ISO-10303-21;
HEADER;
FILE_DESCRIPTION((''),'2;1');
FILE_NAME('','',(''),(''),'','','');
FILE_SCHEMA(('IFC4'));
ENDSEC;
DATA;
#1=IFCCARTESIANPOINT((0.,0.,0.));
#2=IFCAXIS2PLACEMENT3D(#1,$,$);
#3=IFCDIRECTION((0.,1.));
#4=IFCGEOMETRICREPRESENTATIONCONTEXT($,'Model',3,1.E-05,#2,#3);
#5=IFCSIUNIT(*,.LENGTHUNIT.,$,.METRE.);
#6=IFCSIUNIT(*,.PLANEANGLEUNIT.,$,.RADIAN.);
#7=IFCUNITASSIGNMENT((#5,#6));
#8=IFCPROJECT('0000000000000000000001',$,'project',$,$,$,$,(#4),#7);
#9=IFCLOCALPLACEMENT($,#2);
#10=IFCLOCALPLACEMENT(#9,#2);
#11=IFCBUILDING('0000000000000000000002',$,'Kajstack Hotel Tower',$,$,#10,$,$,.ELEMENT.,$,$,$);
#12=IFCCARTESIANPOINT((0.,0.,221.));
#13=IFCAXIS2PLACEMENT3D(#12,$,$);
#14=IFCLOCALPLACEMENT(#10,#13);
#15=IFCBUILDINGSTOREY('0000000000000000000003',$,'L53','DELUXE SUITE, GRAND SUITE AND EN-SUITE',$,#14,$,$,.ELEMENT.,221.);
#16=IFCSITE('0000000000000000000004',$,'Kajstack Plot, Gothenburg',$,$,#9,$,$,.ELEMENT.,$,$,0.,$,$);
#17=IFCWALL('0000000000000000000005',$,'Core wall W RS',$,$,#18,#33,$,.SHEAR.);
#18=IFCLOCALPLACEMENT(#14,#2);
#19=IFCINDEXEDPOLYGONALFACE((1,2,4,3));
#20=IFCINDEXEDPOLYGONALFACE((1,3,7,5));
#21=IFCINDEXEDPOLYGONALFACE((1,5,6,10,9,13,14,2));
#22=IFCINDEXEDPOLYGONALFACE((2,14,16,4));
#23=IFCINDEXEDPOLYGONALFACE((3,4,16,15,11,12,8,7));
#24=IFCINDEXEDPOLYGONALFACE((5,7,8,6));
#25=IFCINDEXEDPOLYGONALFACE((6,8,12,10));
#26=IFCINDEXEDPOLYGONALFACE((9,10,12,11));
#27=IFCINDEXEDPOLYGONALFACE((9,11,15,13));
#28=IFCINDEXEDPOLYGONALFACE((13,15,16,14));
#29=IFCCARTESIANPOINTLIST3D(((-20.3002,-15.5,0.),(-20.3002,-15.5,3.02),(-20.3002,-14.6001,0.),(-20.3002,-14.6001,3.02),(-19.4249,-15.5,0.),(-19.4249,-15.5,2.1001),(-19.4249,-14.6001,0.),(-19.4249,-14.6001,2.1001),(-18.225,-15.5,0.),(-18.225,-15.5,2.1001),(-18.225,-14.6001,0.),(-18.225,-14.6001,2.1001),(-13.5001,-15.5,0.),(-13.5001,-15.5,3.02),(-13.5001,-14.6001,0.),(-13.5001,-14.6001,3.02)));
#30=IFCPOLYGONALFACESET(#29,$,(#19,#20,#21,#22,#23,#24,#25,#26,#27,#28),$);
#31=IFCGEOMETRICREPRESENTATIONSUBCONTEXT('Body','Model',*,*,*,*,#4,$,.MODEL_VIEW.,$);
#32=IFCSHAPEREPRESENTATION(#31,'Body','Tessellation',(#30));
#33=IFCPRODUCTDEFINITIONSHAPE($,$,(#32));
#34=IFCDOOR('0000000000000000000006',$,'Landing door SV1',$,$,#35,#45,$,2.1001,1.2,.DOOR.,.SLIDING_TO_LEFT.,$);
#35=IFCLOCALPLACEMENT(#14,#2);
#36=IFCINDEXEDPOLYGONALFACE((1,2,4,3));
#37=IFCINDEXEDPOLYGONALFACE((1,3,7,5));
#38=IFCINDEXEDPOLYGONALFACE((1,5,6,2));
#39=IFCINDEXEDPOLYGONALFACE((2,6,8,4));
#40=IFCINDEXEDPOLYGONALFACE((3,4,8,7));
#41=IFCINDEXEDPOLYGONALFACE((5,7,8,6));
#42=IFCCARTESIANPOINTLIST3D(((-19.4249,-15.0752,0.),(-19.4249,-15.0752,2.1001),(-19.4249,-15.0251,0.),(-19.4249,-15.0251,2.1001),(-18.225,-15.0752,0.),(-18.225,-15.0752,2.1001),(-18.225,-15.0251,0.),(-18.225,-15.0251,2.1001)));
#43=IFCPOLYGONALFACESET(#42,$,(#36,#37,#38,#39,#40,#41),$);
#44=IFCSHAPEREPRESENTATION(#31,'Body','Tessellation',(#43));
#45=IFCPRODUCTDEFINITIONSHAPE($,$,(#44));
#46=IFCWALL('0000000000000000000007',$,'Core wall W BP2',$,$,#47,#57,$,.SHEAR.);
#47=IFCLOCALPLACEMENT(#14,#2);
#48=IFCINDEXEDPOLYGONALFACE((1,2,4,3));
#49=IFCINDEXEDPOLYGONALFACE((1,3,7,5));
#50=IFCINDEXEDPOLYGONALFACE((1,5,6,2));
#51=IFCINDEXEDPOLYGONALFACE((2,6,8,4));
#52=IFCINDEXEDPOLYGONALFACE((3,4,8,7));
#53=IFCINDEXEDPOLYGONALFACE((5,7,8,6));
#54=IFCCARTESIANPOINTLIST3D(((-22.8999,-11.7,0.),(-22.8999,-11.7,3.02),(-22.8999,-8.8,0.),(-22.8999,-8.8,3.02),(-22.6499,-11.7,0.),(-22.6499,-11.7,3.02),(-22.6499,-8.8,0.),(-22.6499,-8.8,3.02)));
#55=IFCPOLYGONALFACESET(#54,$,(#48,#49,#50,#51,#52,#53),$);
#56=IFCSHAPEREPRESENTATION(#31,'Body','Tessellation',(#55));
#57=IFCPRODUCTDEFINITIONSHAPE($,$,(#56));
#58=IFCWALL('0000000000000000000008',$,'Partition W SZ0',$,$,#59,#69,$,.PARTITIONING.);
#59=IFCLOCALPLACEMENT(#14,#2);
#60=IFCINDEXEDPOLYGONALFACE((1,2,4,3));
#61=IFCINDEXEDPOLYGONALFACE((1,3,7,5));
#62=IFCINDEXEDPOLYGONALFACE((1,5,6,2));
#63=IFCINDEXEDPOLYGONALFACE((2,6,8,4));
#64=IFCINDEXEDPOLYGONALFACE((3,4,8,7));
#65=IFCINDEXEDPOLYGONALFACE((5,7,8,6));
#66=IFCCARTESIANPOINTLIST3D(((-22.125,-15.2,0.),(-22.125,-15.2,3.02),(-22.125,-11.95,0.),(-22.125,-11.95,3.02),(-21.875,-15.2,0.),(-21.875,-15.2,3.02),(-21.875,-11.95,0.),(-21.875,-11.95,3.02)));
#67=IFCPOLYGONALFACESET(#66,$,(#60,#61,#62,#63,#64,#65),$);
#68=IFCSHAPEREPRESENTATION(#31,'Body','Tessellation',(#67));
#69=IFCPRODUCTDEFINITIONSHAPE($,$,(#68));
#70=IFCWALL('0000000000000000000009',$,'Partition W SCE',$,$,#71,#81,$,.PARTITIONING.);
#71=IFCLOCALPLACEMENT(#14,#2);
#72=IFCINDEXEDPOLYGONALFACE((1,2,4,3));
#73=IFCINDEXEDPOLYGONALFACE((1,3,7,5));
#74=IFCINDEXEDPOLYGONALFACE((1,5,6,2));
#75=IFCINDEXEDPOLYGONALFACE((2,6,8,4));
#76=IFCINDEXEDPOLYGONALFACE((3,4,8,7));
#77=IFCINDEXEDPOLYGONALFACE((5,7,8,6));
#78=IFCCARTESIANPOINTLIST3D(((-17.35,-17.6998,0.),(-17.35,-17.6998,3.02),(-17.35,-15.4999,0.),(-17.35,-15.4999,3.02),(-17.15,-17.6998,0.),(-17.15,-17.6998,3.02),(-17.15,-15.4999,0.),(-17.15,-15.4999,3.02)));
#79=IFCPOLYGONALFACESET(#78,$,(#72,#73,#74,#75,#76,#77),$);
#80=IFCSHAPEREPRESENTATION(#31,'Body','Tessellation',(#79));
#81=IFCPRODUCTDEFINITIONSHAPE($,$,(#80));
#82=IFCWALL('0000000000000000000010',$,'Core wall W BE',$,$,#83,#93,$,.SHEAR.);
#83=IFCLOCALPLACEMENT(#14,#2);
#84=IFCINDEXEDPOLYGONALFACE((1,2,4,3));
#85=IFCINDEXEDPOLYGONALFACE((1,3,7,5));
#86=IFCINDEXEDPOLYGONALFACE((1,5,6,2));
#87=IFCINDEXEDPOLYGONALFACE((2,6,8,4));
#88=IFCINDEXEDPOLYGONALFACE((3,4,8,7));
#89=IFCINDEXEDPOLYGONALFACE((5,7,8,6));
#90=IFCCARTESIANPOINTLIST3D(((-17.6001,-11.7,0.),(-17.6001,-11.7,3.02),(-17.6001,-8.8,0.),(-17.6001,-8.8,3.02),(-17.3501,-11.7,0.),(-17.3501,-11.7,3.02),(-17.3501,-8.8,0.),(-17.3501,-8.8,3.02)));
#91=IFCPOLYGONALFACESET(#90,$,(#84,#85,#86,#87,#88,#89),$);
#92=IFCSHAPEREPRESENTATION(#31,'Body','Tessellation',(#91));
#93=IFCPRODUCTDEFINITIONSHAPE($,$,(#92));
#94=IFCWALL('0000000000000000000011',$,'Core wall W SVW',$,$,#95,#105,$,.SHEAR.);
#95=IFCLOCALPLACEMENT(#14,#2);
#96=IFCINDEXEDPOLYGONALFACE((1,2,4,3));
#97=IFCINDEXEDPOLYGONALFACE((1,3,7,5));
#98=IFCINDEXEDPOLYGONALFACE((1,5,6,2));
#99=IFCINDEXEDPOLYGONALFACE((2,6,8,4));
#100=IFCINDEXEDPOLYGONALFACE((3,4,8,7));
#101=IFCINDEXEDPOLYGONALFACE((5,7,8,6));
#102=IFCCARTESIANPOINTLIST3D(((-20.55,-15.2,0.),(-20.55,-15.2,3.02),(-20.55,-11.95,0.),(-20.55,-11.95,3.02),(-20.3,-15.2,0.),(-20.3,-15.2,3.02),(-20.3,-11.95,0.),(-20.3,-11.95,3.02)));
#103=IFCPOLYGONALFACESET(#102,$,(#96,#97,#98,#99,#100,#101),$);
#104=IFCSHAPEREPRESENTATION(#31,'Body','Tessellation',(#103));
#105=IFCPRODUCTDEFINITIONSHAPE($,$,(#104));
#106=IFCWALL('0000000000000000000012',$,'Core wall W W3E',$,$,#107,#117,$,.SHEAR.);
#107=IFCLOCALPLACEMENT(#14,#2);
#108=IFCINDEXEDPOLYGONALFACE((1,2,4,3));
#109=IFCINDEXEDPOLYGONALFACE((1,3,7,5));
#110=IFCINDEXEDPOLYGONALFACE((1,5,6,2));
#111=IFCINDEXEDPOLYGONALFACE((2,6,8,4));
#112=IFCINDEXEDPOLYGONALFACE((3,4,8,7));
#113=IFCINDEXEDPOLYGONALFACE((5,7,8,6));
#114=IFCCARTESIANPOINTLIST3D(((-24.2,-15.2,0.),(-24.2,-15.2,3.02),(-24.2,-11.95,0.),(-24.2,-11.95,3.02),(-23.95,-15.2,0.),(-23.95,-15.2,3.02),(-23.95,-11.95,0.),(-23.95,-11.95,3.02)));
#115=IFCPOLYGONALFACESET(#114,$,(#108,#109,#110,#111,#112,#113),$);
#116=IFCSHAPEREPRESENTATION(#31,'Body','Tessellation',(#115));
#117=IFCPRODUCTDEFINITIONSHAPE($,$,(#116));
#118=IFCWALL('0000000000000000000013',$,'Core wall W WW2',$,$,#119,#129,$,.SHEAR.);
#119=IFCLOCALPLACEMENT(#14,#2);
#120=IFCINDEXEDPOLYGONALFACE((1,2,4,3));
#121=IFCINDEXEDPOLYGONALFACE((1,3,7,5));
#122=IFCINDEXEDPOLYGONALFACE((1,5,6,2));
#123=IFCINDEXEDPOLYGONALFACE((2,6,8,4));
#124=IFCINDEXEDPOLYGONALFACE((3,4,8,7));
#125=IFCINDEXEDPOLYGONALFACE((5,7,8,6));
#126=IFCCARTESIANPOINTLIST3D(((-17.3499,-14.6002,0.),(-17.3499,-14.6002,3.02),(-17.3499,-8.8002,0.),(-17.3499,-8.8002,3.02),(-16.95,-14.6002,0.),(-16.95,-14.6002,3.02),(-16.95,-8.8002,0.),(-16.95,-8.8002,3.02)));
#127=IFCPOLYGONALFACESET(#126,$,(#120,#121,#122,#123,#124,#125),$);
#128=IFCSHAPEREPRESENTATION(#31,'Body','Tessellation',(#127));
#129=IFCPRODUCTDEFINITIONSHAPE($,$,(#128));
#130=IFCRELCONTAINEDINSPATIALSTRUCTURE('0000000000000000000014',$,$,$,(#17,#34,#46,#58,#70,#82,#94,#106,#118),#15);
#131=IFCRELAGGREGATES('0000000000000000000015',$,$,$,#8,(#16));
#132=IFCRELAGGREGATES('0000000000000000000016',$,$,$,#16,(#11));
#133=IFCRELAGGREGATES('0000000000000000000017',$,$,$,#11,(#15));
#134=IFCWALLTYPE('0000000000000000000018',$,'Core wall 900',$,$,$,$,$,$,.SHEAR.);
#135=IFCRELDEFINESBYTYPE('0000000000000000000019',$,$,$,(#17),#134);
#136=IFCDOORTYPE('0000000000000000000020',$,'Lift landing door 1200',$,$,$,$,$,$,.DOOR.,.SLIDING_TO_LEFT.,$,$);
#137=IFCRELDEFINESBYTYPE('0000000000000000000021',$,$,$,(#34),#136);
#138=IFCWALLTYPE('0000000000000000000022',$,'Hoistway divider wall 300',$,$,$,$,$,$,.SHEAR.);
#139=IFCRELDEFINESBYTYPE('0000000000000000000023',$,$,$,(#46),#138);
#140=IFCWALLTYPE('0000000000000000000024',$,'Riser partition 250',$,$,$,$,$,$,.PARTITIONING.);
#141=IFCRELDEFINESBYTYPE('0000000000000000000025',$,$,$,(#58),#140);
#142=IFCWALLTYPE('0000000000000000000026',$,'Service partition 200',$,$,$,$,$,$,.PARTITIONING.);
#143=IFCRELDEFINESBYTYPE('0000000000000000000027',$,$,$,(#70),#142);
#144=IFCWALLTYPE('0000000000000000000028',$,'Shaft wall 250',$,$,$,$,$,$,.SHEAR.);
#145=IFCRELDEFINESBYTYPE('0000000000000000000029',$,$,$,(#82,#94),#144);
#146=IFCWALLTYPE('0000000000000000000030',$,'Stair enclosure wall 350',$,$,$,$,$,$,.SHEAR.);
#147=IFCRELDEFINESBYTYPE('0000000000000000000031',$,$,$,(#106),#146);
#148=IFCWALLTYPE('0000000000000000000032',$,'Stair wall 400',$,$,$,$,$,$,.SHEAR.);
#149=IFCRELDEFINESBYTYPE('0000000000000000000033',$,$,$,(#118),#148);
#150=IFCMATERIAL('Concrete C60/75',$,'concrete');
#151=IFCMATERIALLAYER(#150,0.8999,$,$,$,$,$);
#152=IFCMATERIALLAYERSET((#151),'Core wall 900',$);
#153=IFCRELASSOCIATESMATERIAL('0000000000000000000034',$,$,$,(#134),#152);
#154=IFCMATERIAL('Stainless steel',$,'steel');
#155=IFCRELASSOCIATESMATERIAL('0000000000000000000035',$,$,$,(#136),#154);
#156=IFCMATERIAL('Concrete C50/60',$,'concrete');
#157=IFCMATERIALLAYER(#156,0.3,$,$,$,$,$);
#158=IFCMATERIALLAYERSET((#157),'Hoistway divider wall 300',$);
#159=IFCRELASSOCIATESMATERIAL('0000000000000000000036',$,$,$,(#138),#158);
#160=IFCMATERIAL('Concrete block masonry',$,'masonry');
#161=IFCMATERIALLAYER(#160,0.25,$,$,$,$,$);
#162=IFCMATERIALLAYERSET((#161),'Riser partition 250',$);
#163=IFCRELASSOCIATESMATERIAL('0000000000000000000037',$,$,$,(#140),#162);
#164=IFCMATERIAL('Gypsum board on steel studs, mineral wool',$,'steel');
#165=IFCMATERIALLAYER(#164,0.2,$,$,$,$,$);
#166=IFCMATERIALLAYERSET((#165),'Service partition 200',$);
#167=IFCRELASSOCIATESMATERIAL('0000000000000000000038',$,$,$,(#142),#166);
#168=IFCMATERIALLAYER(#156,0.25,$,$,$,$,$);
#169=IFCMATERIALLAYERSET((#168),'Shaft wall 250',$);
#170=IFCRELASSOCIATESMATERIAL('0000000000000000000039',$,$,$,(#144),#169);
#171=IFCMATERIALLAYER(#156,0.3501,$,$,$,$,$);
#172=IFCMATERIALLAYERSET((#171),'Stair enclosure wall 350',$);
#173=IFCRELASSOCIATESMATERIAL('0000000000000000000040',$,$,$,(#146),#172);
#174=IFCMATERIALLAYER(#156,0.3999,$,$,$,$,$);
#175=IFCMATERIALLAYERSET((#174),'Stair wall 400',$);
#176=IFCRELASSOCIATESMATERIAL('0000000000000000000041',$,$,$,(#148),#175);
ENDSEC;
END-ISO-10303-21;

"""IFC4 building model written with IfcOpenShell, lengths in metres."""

from ifc_helpers import new_model, si_unit, direction, frame, frame_2d, origin, place, context, subcontext, project, spatial, rectangle, extrude, material, layer, layer_set, type_object, element, fill, save


model = new_model("IFC4")

# Units and contexts
model_context = context("Model", 3, precision=1e-05, world=origin(), true_north=direction((0.0, 1.0)))
body_context = subcontext(model_context, "Body", "Model", "MODEL_VIEW")
ifc_project = project(units=[si_unit("LENGTHUNIT", "METRE"), si_unit("PLANEANGLEUNIT", "RADIAN")], contexts=[model_context])

# Site, building, storey
site_placement = place(None, origin())
site = spatial("IfcSite", under=ifc_project, at=site_placement, Name="Kajstack Plot, Gothenburg", CompositionType="ELEMENT", RefElevation=0.0)
building_placement = place(site_placement, origin())
building = spatial("IfcBuilding", under=site, at=building_placement, Name="Kajstack Hotel Tower", CompositionType="ELEMENT")
storey_placement = place(building_placement, frame((0.0, 0.0, 221.0)))
storey = spatial("IfcBuildingStorey", under=building, at=storey_placement, Name="L53", Description="DELUXE SUITE, GRAND SUITE AND EN-SUITE", CompositionType="ELEMENT", Elevation=221.0)

# Wall, opening, door
ifc_material_1 = material(Name="Concrete C60/75", Category="concrete")
ifc_layer_1 = layer(ifc_material_1, 0.8999)
ifc_layer_set_1 = layer_set([ifc_layer_1], Name="Core wall 900")
wall_type_1 = type_object("IfcWallType", Name="Core wall 900", PredefinedType="SHEAR", material=ifc_layer_set_1)
wall_1_placement = place(storey_placement, frame((-20.3, -15.05, 0.0), z_axis=(0.0, 0.0, 1.0), x_axis=(1.0, 0.0, 0.0)))
wall_1 = element("IfcWall", 1, at=wall_1_placement, inside=storey, type_object=wall_type_1, Name="Core wall W RS", PredefinedType="SHEAR", context=body_context, shape_type="SweptSolid", body=[
    extrude(rectangle(XDim=6.8, YDim=0.8999, at=frame_2d((3.3999, 0.0))), origin(), (0.0, 0.0, 1.0), 3.02),
])
opening_placement = place(wall_1_placement, frame((0.875, 0.0, 0.0)))
opening = element("IfcOpeningElement", 2, at=opening_placement, cuts=wall_1, PredefinedType="OPENING", context=body_context, shape_type="SweptSolid", body=[
    extrude(rectangle(XDim=1.2, YDim=2.1001, at=frame_2d((0.6001, 1.05))), frame((0.0, 0.46, 0.0), z_axis=(0.0, -1.0, 0.0), x_axis=(1.0, 0.0, 0.0)), (0.0, 0.0, 1.0), 0.9199),
])
ifc_material_2 = material(Name="Stainless steel", Category="steel")
door_type = type_object("IfcDoorType", Name="Lift landing door 1200", OperationType="SLIDING_TO_LEFT", PredefinedType="DOOR", material=ifc_material_2)
door_placement = place(opening_placement, origin())
door = element("IfcDoor", 3, at=door_placement, inside=storey, type_object=door_type, Name="Landing door SV1", OperationType="SLIDING_TO_LEFT", OverallHeight=2.1001, OverallWidth=1.2, PredefinedType="DOOR", context=body_context, shape_type="SweptSolid", body=[
    extrude(rectangle(XDim=1.2, YDim=2.1001, at=frame_2d((0.6001, 1.05))), frame((0.0, 0.0249, 0.0), z_axis=(0.0, -1.0, 0.0), x_axis=(1.0, 0.0, 0.0)), (0.0, 0.0, 1.0), 0.05),
])
fill(opening, door)

# Walls
ifc_material_3 = material(Name="Concrete C50/60", Category="concrete")
ifc_layer_2 = layer(ifc_material_3, 0.3)
ifc_layer_set_2 = layer_set([ifc_layer_2], Name="Hoistway divider wall 300")
wall_type_2 = type_object("IfcWallType", Name="Hoistway divider wall 300", PredefinedType="SHEAR", material=ifc_layer_set_2)
wall_2_placement = place(storey_placement, frame((-22.7749, -11.7, 0.0), z_axis=(0.0, 0.0, 1.0), x_axis=(0.0, 1.0, 0.0)))
element("IfcWall", 4, at=wall_2_placement, inside=storey, type_object=wall_type_2, Name="Core wall W BP2", PredefinedType="SHEAR", context=body_context, shape_type="SweptSolid", body=[
    extrude(rectangle(XDim=2.8999, YDim=0.25, at=frame_2d((1.45, 0.0))), origin(), (0.0, 0.0, 1.0), 3.02),
])
ifc_material_4 = material(Name="Concrete block masonry", Category="masonry")
ifc_layer_3 = layer(ifc_material_4, 0.25)
ifc_layer_set_3 = layer_set([ifc_layer_3], Name="Riser partition 250")
wall_type_3 = type_object("IfcWallType", Name="Riser partition 250", PredefinedType="PARTITIONING", material=ifc_layer_set_3)
wall_3_placement = place(storey_placement, frame((-22.0, -15.2, 0.0), z_axis=(0.0, 0.0, 1.0), x_axis=(0.0, 1.0, 0.0)))
element("IfcWall", 5, at=wall_3_placement, inside=storey, type_object=wall_type_3, Name="Partition W SZ0", PredefinedType="PARTITIONING", context=body_context, shape_type="SweptSolid", body=[
    extrude(rectangle(XDim=3.25, YDim=0.25, at=frame_2d((1.625, 0.0))), origin(), (0.0, 0.0, 1.0), 3.02),
])
ifc_material_5 = material(Name="Gypsum board on steel studs, mineral wool", Category="steel")
ifc_layer_4 = layer(ifc_material_5, 0.2)
ifc_layer_set_4 = layer_set([ifc_layer_4], Name="Service partition 200")
wall_type_4 = type_object("IfcWallType", Name="Service partition 200", PredefinedType="PARTITIONING", material=ifc_layer_set_4)
wall_4_placement = place(storey_placement, frame((-17.25, -17.7, 0.0), z_axis=(0.0, 0.0, 1.0), x_axis=(0.0, 1.0, 0.0)))
element("IfcWall", 6, at=wall_4_placement, inside=storey, type_object=wall_type_4, Name="Partition W SCE", PredefinedType="PARTITIONING", context=body_context, shape_type="SweptSolid", body=[
    extrude(rectangle(XDim=2.2, YDim=0.2, at=frame_2d((1.1001, 0.0))), origin(), (0.0, 0.0, 1.0), 3.02),
])
ifc_layer_5 = layer(ifc_material_3, 0.25)
ifc_layer_set_5 = layer_set([ifc_layer_5], Name="Shaft wall 250")
wall_type_5 = type_object("IfcWallType", Name="Shaft wall 250", PredefinedType="SHEAR", material=ifc_layer_set_5)
wall_5_placement = place(storey_placement, frame((-17.4751, -11.7, 0.0), z_axis=(0.0, 0.0, 1.0), x_axis=(0.0, 1.0, 0.0)))
element("IfcWall", 7, at=wall_5_placement, inside=storey, type_object=wall_type_5, Name="Core wall W BE", PredefinedType="SHEAR", context=body_context, shape_type="SweptSolid", body=[
    extrude(rectangle(XDim=2.8999, YDim=0.25, at=frame_2d((1.45, 0.0))), origin(), (0.0, 0.0, 1.0), 3.02),
])
wall_6_placement = place(storey_placement, frame((-20.425, -15.2, 0.0), z_axis=(0.0, 0.0, 1.0), x_axis=(0.0, 1.0, 0.0)))
element("IfcWall", 8, at=wall_6_placement, inside=storey, type_object=wall_type_5, Name="Core wall W SVW", PredefinedType="SHEAR", context=body_context, shape_type="SweptSolid", body=[
    extrude(rectangle(XDim=3.25, YDim=0.25, at=frame_2d((1.625, 0.0))), origin(), (0.0, 0.0, 1.0), 3.02),
])
ifc_layer_6 = layer(ifc_material_3, 0.3501)
ifc_layer_set_6 = layer_set([ifc_layer_6], Name="Stair enclosure wall 350")
wall_type_6 = type_object("IfcWallType", Name="Stair enclosure wall 350", PredefinedType="SHEAR", material=ifc_layer_set_6)
wall_7_placement = place(storey_placement, frame((-24.075, -15.2, 0.0), z_axis=(0.0, 0.0, 1.0), x_axis=(0.0, 1.0, 0.0)))
element("IfcWall", 9, at=wall_7_placement, inside=storey, type_object=wall_type_6, Name="Core wall W W3E", PredefinedType="SHEAR", context=body_context, shape_type="SweptSolid", body=[
    extrude(rectangle(XDim=3.25, YDim=0.25, at=frame_2d((1.625, 0.0))), origin(), (0.0, 0.0, 1.0), 3.02),
])
ifc_layer_7 = layer(ifc_material_3, 0.3999)
ifc_layer_set_7 = layer_set([ifc_layer_7], Name="Stair wall 400")
wall_type_7 = type_object("IfcWallType", Name="Stair wall 400", PredefinedType="SHEAR", material=ifc_layer_set_7)
wall_8_placement = place(storey_placement, frame((-17.1499, -14.6001, 0.0), z_axis=(0.0, 0.0, 1.0), x_axis=(0.0, 1.0, 0.0)))
element("IfcWall", 10, at=wall_8_placement, inside=storey, type_object=wall_type_7, Name="Core wall W WW2", PredefinedType="SHEAR", context=body_context, shape_type="SweptSolid", body=[
    extrude(rectangle(XDim=5.8, YDim=0.3999, at=frame_2d((2.8999, 0.0))), origin(), (0.0, 0.0, 1.0), 3.02),
])

save(model, "model.ifc")
